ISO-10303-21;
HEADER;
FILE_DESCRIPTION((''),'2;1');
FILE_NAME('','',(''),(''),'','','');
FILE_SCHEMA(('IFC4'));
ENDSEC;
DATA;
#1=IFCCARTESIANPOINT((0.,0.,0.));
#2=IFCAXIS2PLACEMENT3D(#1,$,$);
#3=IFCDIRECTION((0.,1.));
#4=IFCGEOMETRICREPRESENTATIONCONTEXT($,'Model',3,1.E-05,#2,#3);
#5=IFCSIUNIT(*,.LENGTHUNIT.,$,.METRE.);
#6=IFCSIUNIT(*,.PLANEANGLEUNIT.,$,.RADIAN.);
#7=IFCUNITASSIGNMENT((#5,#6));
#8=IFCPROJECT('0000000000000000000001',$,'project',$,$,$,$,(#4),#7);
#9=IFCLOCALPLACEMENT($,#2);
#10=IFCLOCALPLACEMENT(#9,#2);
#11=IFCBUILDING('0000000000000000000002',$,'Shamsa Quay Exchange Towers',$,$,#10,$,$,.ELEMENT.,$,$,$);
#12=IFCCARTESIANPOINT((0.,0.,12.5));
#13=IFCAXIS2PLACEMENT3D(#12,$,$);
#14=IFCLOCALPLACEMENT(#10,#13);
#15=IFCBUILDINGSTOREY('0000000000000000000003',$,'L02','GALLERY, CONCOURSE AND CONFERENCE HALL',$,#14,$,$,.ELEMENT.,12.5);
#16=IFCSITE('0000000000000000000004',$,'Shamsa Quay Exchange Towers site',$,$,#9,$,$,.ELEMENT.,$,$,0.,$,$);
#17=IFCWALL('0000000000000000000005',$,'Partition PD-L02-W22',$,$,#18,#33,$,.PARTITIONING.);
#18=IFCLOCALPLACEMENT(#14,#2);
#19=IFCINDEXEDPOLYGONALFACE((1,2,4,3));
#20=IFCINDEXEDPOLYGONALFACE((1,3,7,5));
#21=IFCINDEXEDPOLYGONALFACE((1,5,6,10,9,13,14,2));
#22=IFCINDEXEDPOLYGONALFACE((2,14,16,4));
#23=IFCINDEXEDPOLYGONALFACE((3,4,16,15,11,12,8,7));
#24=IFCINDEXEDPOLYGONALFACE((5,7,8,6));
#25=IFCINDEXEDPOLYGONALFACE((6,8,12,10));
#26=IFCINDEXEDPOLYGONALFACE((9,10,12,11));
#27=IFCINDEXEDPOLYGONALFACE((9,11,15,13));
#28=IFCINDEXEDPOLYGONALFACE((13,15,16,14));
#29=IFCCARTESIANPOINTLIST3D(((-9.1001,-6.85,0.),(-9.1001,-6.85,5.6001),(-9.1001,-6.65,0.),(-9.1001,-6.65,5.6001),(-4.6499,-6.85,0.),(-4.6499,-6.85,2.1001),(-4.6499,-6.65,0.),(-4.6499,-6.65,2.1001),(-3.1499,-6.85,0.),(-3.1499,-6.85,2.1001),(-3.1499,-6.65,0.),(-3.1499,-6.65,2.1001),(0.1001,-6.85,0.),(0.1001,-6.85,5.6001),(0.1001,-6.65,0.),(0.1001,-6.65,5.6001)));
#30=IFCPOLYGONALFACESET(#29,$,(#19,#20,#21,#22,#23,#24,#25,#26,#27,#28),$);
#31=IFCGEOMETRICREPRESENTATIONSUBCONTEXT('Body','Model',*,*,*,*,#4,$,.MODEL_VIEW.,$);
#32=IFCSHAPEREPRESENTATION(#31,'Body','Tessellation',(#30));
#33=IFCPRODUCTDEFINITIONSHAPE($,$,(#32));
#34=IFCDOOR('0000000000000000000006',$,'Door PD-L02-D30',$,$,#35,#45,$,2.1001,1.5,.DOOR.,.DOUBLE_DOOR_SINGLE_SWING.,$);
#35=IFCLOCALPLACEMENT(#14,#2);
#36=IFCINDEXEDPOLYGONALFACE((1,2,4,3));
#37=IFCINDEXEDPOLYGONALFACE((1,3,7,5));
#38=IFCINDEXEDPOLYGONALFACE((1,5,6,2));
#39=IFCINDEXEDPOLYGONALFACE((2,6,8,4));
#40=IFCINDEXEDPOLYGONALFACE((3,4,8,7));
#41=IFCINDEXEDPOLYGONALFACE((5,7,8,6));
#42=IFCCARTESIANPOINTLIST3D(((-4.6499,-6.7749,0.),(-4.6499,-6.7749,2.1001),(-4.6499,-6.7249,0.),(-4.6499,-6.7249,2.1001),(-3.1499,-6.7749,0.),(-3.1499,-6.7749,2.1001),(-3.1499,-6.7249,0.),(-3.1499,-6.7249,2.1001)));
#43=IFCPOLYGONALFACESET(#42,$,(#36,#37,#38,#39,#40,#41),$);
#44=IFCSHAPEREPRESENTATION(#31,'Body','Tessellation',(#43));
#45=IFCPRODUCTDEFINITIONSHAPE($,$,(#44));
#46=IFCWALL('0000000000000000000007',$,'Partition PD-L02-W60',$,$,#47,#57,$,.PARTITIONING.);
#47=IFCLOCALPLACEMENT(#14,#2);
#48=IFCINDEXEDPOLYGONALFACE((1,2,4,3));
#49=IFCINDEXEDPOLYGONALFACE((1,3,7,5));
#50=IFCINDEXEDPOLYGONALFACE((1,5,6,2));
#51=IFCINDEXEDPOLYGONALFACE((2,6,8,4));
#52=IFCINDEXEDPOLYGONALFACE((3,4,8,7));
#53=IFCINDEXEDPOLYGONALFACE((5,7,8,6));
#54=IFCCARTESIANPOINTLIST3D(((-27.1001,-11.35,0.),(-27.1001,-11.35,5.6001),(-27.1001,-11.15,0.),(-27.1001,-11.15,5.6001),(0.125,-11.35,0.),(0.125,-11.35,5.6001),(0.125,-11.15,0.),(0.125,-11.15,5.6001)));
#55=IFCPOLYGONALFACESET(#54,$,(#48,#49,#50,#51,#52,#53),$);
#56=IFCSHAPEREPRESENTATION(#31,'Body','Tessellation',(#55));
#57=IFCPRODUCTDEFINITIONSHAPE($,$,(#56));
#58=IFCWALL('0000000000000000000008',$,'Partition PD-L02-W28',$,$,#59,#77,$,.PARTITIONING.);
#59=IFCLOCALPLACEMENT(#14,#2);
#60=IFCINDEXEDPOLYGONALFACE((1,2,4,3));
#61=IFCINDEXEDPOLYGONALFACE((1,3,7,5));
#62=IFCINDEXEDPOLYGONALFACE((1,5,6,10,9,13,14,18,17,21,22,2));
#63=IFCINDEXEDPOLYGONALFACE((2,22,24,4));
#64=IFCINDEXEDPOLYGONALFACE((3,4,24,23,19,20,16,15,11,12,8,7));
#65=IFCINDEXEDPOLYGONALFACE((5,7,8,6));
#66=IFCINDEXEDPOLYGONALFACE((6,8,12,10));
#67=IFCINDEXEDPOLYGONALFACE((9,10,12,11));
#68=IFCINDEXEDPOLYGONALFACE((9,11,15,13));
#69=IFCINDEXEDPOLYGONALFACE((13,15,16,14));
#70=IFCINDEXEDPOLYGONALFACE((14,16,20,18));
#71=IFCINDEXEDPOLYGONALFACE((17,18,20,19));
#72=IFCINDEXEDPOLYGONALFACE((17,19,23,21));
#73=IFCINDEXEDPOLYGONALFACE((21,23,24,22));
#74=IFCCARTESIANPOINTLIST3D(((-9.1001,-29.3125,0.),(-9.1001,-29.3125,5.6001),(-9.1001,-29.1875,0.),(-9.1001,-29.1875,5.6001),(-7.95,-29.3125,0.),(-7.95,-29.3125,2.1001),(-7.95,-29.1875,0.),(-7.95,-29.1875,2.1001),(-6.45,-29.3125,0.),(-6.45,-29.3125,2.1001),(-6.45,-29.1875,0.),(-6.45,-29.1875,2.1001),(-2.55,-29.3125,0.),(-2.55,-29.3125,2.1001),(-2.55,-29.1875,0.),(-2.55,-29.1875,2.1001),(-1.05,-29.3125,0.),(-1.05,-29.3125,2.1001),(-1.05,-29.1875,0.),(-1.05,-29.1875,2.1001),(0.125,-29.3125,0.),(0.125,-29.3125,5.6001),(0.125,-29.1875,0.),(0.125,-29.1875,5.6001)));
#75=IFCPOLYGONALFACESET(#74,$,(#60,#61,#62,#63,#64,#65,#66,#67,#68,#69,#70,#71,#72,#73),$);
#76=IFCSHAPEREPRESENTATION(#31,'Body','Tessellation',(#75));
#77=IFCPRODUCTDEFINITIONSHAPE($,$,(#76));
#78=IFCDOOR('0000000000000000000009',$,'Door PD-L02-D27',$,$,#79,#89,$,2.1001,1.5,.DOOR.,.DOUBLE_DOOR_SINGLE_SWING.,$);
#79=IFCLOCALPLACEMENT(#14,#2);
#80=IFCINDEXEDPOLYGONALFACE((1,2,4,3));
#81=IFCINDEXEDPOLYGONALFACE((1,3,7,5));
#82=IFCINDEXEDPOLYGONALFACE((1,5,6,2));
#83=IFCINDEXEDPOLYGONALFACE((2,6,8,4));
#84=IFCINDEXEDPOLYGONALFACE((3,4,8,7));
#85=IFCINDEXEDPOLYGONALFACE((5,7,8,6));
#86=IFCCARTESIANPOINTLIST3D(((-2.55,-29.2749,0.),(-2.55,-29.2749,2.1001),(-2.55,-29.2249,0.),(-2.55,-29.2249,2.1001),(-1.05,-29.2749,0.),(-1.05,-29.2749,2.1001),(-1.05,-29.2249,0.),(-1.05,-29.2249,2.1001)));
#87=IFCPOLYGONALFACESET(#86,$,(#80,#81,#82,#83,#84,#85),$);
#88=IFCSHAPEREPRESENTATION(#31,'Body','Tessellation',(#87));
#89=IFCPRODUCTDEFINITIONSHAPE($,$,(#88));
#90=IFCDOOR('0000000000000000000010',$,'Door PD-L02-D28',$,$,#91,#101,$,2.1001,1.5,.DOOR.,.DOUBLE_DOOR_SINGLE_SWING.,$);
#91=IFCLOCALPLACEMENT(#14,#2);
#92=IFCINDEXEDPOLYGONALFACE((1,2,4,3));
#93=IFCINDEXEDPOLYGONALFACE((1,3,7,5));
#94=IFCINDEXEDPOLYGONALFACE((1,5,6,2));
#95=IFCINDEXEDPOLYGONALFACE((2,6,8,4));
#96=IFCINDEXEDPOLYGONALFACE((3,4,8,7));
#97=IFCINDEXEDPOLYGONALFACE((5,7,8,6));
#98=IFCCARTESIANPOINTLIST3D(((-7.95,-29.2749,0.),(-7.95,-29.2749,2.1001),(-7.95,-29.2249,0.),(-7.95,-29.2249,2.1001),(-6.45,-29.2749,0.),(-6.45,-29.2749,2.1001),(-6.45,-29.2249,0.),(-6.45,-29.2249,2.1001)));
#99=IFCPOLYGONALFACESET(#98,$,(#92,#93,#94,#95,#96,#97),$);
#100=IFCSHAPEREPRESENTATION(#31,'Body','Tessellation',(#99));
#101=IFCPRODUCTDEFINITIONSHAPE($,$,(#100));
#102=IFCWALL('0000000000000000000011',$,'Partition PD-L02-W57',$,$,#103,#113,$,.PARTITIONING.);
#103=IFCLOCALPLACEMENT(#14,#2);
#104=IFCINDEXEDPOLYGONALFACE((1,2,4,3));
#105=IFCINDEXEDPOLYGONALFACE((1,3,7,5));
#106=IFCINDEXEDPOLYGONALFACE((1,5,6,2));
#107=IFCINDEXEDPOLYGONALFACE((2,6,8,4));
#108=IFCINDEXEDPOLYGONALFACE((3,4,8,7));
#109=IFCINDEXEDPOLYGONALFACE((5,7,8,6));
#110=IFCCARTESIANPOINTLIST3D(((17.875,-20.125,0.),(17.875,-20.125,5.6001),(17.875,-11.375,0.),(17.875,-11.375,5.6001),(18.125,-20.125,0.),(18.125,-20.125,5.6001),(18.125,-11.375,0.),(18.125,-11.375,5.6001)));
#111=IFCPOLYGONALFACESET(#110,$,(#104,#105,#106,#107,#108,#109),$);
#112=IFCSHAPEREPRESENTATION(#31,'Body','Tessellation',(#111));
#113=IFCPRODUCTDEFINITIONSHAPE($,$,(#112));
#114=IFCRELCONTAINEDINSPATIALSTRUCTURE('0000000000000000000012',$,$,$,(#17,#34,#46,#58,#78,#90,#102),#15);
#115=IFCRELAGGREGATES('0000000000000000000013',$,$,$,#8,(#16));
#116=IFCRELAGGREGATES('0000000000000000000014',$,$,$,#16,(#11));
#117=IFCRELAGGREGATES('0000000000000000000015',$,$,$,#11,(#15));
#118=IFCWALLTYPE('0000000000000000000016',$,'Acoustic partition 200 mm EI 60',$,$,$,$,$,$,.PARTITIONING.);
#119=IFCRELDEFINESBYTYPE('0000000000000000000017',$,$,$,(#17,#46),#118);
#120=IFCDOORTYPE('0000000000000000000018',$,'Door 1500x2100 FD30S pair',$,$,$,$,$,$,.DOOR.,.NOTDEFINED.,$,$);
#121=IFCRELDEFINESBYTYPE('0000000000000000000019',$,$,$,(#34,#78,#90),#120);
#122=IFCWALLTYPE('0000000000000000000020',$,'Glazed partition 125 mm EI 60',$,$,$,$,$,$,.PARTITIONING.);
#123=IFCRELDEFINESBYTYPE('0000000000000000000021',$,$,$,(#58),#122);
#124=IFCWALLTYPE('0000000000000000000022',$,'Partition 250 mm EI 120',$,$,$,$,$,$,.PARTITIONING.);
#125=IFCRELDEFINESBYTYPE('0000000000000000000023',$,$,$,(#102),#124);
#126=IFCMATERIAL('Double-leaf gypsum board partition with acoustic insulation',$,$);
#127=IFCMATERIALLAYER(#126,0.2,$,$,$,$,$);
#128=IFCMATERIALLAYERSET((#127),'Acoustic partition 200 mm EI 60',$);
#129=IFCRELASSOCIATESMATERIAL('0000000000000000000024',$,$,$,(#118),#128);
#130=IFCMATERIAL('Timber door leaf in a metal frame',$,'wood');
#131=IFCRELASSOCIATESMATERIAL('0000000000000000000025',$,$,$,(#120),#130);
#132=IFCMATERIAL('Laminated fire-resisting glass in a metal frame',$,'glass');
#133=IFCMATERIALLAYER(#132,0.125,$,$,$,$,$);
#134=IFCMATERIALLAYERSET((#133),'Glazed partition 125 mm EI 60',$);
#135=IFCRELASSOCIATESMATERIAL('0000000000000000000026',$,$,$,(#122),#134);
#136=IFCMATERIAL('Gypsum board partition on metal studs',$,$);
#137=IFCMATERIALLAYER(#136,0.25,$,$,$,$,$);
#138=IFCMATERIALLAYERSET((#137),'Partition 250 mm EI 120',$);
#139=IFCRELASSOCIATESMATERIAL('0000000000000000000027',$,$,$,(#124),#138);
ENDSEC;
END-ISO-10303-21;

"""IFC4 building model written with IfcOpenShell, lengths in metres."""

from ifc_helpers import new_model, si_unit, direction, frame, frame_2d, origin, place, context, subcontext, project, spatial, rectangle, extrude, material, layer, layer_set, type_object, element, fill, save


model = new_model("IFC4")

# Units and contexts
model_context = context("Model", 3, precision=1e-05, world=origin(), true_north=direction((0.0, 1.0)))
body_context = subcontext(model_context, "Body", "Model", "MODEL_VIEW")
ifc_project = project(units=[si_unit("LENGTHUNIT", "METRE"), si_unit("PLANEANGLEUNIT", "RADIAN")], contexts=[model_context])

# Site, building, storey
site_placement = place(None, origin())
site = spatial("IfcSite", under=ifc_project, at=site_placement, Name="Shamsa Quay Exchange Towers site", CompositionType="ELEMENT", RefElevation=0.0)
building_placement = place(site_placement, origin())
building = spatial("IfcBuilding", under=site, at=building_placement, Name="Shamsa Quay Exchange Towers", CompositionType="ELEMENT")
storey_placement = place(building_placement, frame((0.0, 0.0, 12.5)))
storey = spatial("IfcBuildingStorey", under=building, at=storey_placement, Name="L02", Description="GALLERY, CONCOURSE AND CONFERENCE HALL", CompositionType="ELEMENT", Elevation=12.5)

# Wall, opening, door
ifc_material_1 = material(Name="Double-leaf gypsum board partition with acoustic insulation")
ifc_layer_1 = layer(ifc_material_1, 0.2)
ifc_layer_set_1 = layer_set([ifc_layer_1], Name="Acoustic partition 200 mm EI 60")
wall_type_1 = type_object("IfcWallType", Name="Acoustic partition 200 mm EI 60", PredefinedType="PARTITIONING", material=ifc_layer_set_1)
wall_1_placement = place(storey_placement, frame((0.1001, -6.75, 0.0), z_axis=(0.0, 0.0, 1.0), x_axis=(-1.0, 0.0, 0.0)))
wall_1 = element("IfcWall", 1, at=wall_1_placement, inside=storey, type_object=wall_type_1, Name="Partition PD-L02-W22", PredefinedType="PARTITIONING", context=body_context, shape_type="SweptSolid", body=[
    extrude(rectangle(XDim=9.2002, YDim=0.2, at=frame_2d((4.6001, 0.0))), origin(), (0.0, 0.0, 1.0), 5.6001),
])
opening_1_placement = place(wall_1_placement, frame((3.25, 0.0, 0.0)))
opening_1 = element("IfcOpeningElement", 2, at=opening_1_placement, cuts=wall_1, PredefinedType="OPENING", context=body_context, shape_type="SweptSolid", body=[
    extrude(rectangle(XDim=1.5, YDim=2.1001, at=frame_2d((0.75, 1.05))), frame((0.0, 0.1099, 0.0), z_axis=(0.0, -1.0, 0.0), x_axis=(1.0, 0.0, 0.0)), (0.0, 0.0, 1.0), 0.22),
])
ifc_material_2 = material(Name="Timber door leaf in a metal frame", Category="wood")
door_type = type_object("IfcDoorType", Name="Door 1500x2100 FD30S pair", OperationType="NOTDEFINED", PredefinedType="DOOR", material=ifc_material_2)
door_1_placement = place(opening_1_placement, origin())
door_1 = element("IfcDoor", 3, at=door_1_placement, inside=storey, type_object=door_type, Name="Door PD-L02-D30", OperationType="DOUBLE_DOOR_SINGLE_SWING", OverallHeight=2.1001, OverallWidth=1.5, PredefinedType="DOOR", context=body_context, shape_type="SweptSolid", body=[
    extrude(rectangle(XDim=1.5, YDim=2.1001, at=frame_2d((0.75, 1.05))), frame((0.0, 0.0249, 0.0), z_axis=(0.0, -1.0, 0.0), x_axis=(1.0, 0.0, 0.0)), (0.0, 0.0, 1.0), 0.05),
])
fill(opening_1, door_1)

# Wall
wall_2_placement = place(storey_placement, frame((0.125, -11.25, 0.0), z_axis=(0.0, 0.0, 1.0), x_axis=(-1.0, 0.0, 0.0)))
element("IfcWall", 4, at=wall_2_placement, inside=storey, type_object=wall_type_1, Name="Partition PD-L02-W60", PredefinedType="PARTITIONING", context=body_context, shape_type="SweptSolid", body=[
    extrude(rectangle(XDim=27.2251, YDim=0.2, at=frame_2d((13.6125, 0.0))), origin(), (0.0, 0.0, 1.0), 5.6001),
])

# Wall, openings, doors
ifc_material_3 = material(Name="Laminated fire-resisting glass in a metal frame", Category="glass")
ifc_layer_2 = layer(ifc_material_3, 0.125)
ifc_layer_set_2 = layer_set([ifc_layer_2], Name="Glazed partition 125 mm EI 60")
wall_type_2 = type_object("IfcWallType", Name="Glazed partition 125 mm EI 60", PredefinedType="PARTITIONING", material=ifc_layer_set_2)
wall_3_placement = place(storey_placement, frame((0.125, -29.25, 0.0), z_axis=(0.0, 0.0, 1.0), x_axis=(-1.0, 0.0, 0.0)))
wall_3 = element("IfcWall", 5, at=wall_3_placement, inside=storey, type_object=wall_type_2, Name="Partition PD-L02-W28", PredefinedType="PARTITIONING", context=body_context, shape_type="SweptSolid", body=[
    extrude(rectangle(XDim=9.2251, YDim=0.125, at=frame_2d((4.6125, 0.0))), origin(), (0.0, 0.0, 1.0), 5.6001),
])
opening_2_placement = place(wall_3_placement, frame((1.175, 0.0, 0.0)))
opening_2 = element("IfcOpeningElement", 6, at=opening_2_placement, cuts=wall_3, PredefinedType="OPENING", context=body_context, shape_type="SweptSolid", body=[
    extrude(rectangle(XDim=1.5, YDim=2.1001, at=frame_2d((0.75, 1.05))), frame((0.0, 0.0725, 0.0), z_axis=(0.0, -1.0, 0.0), x_axis=(1.0, 0.0, 0.0)), (0.0, 0.0, 1.0), 0.145),
])
opening_3_placement = place(wall_3_placement, frame((6.575, 0.0, 0.0)))
opening_3 = element("IfcOpeningElement", 7, at=opening_3_placement, cuts=wall_3, PredefinedType="OPENING", context=body_context, shape_type="SweptSolid", body=[
    extrude(rectangle(XDim=1.5, YDim=2.1001, at=frame_2d((0.75, 1.05))), frame((0.0, 0.0725, 0.0), z_axis=(0.0, -1.0, 0.0), x_axis=(1.0, 0.0, 0.0)), (0.0, 0.0, 1.0), 0.145),
])
door_2_placement = place(opening_2_placement, origin())
door_2 = element("IfcDoor", 8, at=door_2_placement, inside=storey, type_object=door_type, Name="Door PD-L02-D27", OperationType="DOUBLE_DOOR_SINGLE_SWING", OverallHeight=2.1001, OverallWidth=1.5, PredefinedType="DOOR", context=body_context, shape_type="SweptSolid", body=[
    extrude(rectangle(XDim=1.5, YDim=2.1001, at=frame_2d((0.75, 1.05))), frame((0.0, 0.0249, 0.0), z_axis=(0.0, -1.0, 0.0), x_axis=(1.0, 0.0, 0.0)), (0.0, 0.0, 1.0), 0.05),
])
fill(opening_2, door_2)
door_3_placement = place(opening_3_placement, origin())
door_3 = element("IfcDoor", 9, at=door_3_placement, inside=storey, type_object=door_type, Name="Door PD-L02-D28", OperationType="DOUBLE_DOOR_SINGLE_SWING", OverallHeight=2.1001, OverallWidth=1.5, PredefinedType="DOOR", context=body_context, shape_type="SweptSolid", body=[
    extrude(rectangle(XDim=1.5, YDim=2.1001, at=frame_2d((0.75, 1.05))), frame((0.0, 0.0249, 0.0), z_axis=(0.0, -1.0, 0.0), x_axis=(1.0, 0.0, 0.0)), (0.0, 0.0, 1.0), 0.05),
])
fill(opening_3, door_3)

# Wall
ifc_material_4 = material(Name="Gypsum board partition on metal studs")
ifc_layer_3 = layer(ifc_material_4, 0.25)
ifc_layer_set_3 = layer_set([ifc_layer_3], Name="Partition 250 mm EI 120")
wall_type_3 = type_object("IfcWallType", Name="Partition 250 mm EI 120", PredefinedType="PARTITIONING", material=ifc_layer_set_3)
wall_4_placement = place(storey_placement, frame((18.0, -20.125, 0.0), z_axis=(0.0, 0.0, 1.0), x_axis=(0.0, 1.0, 0.0)))
element("IfcWall", 10, at=wall_4_placement, inside=storey, type_object=wall_type_3, Name="Partition PD-L02-W57", PredefinedType="PARTITIONING", context=body_context, shape_type="SweptSolid", body=[
    extrude(rectangle(XDim=8.75, YDim=0.25, at=frame_2d((4.375, 0.0))), origin(), (0.0, 0.0, 1.0), 5.6001),
])

save(model, "model.ifc")
